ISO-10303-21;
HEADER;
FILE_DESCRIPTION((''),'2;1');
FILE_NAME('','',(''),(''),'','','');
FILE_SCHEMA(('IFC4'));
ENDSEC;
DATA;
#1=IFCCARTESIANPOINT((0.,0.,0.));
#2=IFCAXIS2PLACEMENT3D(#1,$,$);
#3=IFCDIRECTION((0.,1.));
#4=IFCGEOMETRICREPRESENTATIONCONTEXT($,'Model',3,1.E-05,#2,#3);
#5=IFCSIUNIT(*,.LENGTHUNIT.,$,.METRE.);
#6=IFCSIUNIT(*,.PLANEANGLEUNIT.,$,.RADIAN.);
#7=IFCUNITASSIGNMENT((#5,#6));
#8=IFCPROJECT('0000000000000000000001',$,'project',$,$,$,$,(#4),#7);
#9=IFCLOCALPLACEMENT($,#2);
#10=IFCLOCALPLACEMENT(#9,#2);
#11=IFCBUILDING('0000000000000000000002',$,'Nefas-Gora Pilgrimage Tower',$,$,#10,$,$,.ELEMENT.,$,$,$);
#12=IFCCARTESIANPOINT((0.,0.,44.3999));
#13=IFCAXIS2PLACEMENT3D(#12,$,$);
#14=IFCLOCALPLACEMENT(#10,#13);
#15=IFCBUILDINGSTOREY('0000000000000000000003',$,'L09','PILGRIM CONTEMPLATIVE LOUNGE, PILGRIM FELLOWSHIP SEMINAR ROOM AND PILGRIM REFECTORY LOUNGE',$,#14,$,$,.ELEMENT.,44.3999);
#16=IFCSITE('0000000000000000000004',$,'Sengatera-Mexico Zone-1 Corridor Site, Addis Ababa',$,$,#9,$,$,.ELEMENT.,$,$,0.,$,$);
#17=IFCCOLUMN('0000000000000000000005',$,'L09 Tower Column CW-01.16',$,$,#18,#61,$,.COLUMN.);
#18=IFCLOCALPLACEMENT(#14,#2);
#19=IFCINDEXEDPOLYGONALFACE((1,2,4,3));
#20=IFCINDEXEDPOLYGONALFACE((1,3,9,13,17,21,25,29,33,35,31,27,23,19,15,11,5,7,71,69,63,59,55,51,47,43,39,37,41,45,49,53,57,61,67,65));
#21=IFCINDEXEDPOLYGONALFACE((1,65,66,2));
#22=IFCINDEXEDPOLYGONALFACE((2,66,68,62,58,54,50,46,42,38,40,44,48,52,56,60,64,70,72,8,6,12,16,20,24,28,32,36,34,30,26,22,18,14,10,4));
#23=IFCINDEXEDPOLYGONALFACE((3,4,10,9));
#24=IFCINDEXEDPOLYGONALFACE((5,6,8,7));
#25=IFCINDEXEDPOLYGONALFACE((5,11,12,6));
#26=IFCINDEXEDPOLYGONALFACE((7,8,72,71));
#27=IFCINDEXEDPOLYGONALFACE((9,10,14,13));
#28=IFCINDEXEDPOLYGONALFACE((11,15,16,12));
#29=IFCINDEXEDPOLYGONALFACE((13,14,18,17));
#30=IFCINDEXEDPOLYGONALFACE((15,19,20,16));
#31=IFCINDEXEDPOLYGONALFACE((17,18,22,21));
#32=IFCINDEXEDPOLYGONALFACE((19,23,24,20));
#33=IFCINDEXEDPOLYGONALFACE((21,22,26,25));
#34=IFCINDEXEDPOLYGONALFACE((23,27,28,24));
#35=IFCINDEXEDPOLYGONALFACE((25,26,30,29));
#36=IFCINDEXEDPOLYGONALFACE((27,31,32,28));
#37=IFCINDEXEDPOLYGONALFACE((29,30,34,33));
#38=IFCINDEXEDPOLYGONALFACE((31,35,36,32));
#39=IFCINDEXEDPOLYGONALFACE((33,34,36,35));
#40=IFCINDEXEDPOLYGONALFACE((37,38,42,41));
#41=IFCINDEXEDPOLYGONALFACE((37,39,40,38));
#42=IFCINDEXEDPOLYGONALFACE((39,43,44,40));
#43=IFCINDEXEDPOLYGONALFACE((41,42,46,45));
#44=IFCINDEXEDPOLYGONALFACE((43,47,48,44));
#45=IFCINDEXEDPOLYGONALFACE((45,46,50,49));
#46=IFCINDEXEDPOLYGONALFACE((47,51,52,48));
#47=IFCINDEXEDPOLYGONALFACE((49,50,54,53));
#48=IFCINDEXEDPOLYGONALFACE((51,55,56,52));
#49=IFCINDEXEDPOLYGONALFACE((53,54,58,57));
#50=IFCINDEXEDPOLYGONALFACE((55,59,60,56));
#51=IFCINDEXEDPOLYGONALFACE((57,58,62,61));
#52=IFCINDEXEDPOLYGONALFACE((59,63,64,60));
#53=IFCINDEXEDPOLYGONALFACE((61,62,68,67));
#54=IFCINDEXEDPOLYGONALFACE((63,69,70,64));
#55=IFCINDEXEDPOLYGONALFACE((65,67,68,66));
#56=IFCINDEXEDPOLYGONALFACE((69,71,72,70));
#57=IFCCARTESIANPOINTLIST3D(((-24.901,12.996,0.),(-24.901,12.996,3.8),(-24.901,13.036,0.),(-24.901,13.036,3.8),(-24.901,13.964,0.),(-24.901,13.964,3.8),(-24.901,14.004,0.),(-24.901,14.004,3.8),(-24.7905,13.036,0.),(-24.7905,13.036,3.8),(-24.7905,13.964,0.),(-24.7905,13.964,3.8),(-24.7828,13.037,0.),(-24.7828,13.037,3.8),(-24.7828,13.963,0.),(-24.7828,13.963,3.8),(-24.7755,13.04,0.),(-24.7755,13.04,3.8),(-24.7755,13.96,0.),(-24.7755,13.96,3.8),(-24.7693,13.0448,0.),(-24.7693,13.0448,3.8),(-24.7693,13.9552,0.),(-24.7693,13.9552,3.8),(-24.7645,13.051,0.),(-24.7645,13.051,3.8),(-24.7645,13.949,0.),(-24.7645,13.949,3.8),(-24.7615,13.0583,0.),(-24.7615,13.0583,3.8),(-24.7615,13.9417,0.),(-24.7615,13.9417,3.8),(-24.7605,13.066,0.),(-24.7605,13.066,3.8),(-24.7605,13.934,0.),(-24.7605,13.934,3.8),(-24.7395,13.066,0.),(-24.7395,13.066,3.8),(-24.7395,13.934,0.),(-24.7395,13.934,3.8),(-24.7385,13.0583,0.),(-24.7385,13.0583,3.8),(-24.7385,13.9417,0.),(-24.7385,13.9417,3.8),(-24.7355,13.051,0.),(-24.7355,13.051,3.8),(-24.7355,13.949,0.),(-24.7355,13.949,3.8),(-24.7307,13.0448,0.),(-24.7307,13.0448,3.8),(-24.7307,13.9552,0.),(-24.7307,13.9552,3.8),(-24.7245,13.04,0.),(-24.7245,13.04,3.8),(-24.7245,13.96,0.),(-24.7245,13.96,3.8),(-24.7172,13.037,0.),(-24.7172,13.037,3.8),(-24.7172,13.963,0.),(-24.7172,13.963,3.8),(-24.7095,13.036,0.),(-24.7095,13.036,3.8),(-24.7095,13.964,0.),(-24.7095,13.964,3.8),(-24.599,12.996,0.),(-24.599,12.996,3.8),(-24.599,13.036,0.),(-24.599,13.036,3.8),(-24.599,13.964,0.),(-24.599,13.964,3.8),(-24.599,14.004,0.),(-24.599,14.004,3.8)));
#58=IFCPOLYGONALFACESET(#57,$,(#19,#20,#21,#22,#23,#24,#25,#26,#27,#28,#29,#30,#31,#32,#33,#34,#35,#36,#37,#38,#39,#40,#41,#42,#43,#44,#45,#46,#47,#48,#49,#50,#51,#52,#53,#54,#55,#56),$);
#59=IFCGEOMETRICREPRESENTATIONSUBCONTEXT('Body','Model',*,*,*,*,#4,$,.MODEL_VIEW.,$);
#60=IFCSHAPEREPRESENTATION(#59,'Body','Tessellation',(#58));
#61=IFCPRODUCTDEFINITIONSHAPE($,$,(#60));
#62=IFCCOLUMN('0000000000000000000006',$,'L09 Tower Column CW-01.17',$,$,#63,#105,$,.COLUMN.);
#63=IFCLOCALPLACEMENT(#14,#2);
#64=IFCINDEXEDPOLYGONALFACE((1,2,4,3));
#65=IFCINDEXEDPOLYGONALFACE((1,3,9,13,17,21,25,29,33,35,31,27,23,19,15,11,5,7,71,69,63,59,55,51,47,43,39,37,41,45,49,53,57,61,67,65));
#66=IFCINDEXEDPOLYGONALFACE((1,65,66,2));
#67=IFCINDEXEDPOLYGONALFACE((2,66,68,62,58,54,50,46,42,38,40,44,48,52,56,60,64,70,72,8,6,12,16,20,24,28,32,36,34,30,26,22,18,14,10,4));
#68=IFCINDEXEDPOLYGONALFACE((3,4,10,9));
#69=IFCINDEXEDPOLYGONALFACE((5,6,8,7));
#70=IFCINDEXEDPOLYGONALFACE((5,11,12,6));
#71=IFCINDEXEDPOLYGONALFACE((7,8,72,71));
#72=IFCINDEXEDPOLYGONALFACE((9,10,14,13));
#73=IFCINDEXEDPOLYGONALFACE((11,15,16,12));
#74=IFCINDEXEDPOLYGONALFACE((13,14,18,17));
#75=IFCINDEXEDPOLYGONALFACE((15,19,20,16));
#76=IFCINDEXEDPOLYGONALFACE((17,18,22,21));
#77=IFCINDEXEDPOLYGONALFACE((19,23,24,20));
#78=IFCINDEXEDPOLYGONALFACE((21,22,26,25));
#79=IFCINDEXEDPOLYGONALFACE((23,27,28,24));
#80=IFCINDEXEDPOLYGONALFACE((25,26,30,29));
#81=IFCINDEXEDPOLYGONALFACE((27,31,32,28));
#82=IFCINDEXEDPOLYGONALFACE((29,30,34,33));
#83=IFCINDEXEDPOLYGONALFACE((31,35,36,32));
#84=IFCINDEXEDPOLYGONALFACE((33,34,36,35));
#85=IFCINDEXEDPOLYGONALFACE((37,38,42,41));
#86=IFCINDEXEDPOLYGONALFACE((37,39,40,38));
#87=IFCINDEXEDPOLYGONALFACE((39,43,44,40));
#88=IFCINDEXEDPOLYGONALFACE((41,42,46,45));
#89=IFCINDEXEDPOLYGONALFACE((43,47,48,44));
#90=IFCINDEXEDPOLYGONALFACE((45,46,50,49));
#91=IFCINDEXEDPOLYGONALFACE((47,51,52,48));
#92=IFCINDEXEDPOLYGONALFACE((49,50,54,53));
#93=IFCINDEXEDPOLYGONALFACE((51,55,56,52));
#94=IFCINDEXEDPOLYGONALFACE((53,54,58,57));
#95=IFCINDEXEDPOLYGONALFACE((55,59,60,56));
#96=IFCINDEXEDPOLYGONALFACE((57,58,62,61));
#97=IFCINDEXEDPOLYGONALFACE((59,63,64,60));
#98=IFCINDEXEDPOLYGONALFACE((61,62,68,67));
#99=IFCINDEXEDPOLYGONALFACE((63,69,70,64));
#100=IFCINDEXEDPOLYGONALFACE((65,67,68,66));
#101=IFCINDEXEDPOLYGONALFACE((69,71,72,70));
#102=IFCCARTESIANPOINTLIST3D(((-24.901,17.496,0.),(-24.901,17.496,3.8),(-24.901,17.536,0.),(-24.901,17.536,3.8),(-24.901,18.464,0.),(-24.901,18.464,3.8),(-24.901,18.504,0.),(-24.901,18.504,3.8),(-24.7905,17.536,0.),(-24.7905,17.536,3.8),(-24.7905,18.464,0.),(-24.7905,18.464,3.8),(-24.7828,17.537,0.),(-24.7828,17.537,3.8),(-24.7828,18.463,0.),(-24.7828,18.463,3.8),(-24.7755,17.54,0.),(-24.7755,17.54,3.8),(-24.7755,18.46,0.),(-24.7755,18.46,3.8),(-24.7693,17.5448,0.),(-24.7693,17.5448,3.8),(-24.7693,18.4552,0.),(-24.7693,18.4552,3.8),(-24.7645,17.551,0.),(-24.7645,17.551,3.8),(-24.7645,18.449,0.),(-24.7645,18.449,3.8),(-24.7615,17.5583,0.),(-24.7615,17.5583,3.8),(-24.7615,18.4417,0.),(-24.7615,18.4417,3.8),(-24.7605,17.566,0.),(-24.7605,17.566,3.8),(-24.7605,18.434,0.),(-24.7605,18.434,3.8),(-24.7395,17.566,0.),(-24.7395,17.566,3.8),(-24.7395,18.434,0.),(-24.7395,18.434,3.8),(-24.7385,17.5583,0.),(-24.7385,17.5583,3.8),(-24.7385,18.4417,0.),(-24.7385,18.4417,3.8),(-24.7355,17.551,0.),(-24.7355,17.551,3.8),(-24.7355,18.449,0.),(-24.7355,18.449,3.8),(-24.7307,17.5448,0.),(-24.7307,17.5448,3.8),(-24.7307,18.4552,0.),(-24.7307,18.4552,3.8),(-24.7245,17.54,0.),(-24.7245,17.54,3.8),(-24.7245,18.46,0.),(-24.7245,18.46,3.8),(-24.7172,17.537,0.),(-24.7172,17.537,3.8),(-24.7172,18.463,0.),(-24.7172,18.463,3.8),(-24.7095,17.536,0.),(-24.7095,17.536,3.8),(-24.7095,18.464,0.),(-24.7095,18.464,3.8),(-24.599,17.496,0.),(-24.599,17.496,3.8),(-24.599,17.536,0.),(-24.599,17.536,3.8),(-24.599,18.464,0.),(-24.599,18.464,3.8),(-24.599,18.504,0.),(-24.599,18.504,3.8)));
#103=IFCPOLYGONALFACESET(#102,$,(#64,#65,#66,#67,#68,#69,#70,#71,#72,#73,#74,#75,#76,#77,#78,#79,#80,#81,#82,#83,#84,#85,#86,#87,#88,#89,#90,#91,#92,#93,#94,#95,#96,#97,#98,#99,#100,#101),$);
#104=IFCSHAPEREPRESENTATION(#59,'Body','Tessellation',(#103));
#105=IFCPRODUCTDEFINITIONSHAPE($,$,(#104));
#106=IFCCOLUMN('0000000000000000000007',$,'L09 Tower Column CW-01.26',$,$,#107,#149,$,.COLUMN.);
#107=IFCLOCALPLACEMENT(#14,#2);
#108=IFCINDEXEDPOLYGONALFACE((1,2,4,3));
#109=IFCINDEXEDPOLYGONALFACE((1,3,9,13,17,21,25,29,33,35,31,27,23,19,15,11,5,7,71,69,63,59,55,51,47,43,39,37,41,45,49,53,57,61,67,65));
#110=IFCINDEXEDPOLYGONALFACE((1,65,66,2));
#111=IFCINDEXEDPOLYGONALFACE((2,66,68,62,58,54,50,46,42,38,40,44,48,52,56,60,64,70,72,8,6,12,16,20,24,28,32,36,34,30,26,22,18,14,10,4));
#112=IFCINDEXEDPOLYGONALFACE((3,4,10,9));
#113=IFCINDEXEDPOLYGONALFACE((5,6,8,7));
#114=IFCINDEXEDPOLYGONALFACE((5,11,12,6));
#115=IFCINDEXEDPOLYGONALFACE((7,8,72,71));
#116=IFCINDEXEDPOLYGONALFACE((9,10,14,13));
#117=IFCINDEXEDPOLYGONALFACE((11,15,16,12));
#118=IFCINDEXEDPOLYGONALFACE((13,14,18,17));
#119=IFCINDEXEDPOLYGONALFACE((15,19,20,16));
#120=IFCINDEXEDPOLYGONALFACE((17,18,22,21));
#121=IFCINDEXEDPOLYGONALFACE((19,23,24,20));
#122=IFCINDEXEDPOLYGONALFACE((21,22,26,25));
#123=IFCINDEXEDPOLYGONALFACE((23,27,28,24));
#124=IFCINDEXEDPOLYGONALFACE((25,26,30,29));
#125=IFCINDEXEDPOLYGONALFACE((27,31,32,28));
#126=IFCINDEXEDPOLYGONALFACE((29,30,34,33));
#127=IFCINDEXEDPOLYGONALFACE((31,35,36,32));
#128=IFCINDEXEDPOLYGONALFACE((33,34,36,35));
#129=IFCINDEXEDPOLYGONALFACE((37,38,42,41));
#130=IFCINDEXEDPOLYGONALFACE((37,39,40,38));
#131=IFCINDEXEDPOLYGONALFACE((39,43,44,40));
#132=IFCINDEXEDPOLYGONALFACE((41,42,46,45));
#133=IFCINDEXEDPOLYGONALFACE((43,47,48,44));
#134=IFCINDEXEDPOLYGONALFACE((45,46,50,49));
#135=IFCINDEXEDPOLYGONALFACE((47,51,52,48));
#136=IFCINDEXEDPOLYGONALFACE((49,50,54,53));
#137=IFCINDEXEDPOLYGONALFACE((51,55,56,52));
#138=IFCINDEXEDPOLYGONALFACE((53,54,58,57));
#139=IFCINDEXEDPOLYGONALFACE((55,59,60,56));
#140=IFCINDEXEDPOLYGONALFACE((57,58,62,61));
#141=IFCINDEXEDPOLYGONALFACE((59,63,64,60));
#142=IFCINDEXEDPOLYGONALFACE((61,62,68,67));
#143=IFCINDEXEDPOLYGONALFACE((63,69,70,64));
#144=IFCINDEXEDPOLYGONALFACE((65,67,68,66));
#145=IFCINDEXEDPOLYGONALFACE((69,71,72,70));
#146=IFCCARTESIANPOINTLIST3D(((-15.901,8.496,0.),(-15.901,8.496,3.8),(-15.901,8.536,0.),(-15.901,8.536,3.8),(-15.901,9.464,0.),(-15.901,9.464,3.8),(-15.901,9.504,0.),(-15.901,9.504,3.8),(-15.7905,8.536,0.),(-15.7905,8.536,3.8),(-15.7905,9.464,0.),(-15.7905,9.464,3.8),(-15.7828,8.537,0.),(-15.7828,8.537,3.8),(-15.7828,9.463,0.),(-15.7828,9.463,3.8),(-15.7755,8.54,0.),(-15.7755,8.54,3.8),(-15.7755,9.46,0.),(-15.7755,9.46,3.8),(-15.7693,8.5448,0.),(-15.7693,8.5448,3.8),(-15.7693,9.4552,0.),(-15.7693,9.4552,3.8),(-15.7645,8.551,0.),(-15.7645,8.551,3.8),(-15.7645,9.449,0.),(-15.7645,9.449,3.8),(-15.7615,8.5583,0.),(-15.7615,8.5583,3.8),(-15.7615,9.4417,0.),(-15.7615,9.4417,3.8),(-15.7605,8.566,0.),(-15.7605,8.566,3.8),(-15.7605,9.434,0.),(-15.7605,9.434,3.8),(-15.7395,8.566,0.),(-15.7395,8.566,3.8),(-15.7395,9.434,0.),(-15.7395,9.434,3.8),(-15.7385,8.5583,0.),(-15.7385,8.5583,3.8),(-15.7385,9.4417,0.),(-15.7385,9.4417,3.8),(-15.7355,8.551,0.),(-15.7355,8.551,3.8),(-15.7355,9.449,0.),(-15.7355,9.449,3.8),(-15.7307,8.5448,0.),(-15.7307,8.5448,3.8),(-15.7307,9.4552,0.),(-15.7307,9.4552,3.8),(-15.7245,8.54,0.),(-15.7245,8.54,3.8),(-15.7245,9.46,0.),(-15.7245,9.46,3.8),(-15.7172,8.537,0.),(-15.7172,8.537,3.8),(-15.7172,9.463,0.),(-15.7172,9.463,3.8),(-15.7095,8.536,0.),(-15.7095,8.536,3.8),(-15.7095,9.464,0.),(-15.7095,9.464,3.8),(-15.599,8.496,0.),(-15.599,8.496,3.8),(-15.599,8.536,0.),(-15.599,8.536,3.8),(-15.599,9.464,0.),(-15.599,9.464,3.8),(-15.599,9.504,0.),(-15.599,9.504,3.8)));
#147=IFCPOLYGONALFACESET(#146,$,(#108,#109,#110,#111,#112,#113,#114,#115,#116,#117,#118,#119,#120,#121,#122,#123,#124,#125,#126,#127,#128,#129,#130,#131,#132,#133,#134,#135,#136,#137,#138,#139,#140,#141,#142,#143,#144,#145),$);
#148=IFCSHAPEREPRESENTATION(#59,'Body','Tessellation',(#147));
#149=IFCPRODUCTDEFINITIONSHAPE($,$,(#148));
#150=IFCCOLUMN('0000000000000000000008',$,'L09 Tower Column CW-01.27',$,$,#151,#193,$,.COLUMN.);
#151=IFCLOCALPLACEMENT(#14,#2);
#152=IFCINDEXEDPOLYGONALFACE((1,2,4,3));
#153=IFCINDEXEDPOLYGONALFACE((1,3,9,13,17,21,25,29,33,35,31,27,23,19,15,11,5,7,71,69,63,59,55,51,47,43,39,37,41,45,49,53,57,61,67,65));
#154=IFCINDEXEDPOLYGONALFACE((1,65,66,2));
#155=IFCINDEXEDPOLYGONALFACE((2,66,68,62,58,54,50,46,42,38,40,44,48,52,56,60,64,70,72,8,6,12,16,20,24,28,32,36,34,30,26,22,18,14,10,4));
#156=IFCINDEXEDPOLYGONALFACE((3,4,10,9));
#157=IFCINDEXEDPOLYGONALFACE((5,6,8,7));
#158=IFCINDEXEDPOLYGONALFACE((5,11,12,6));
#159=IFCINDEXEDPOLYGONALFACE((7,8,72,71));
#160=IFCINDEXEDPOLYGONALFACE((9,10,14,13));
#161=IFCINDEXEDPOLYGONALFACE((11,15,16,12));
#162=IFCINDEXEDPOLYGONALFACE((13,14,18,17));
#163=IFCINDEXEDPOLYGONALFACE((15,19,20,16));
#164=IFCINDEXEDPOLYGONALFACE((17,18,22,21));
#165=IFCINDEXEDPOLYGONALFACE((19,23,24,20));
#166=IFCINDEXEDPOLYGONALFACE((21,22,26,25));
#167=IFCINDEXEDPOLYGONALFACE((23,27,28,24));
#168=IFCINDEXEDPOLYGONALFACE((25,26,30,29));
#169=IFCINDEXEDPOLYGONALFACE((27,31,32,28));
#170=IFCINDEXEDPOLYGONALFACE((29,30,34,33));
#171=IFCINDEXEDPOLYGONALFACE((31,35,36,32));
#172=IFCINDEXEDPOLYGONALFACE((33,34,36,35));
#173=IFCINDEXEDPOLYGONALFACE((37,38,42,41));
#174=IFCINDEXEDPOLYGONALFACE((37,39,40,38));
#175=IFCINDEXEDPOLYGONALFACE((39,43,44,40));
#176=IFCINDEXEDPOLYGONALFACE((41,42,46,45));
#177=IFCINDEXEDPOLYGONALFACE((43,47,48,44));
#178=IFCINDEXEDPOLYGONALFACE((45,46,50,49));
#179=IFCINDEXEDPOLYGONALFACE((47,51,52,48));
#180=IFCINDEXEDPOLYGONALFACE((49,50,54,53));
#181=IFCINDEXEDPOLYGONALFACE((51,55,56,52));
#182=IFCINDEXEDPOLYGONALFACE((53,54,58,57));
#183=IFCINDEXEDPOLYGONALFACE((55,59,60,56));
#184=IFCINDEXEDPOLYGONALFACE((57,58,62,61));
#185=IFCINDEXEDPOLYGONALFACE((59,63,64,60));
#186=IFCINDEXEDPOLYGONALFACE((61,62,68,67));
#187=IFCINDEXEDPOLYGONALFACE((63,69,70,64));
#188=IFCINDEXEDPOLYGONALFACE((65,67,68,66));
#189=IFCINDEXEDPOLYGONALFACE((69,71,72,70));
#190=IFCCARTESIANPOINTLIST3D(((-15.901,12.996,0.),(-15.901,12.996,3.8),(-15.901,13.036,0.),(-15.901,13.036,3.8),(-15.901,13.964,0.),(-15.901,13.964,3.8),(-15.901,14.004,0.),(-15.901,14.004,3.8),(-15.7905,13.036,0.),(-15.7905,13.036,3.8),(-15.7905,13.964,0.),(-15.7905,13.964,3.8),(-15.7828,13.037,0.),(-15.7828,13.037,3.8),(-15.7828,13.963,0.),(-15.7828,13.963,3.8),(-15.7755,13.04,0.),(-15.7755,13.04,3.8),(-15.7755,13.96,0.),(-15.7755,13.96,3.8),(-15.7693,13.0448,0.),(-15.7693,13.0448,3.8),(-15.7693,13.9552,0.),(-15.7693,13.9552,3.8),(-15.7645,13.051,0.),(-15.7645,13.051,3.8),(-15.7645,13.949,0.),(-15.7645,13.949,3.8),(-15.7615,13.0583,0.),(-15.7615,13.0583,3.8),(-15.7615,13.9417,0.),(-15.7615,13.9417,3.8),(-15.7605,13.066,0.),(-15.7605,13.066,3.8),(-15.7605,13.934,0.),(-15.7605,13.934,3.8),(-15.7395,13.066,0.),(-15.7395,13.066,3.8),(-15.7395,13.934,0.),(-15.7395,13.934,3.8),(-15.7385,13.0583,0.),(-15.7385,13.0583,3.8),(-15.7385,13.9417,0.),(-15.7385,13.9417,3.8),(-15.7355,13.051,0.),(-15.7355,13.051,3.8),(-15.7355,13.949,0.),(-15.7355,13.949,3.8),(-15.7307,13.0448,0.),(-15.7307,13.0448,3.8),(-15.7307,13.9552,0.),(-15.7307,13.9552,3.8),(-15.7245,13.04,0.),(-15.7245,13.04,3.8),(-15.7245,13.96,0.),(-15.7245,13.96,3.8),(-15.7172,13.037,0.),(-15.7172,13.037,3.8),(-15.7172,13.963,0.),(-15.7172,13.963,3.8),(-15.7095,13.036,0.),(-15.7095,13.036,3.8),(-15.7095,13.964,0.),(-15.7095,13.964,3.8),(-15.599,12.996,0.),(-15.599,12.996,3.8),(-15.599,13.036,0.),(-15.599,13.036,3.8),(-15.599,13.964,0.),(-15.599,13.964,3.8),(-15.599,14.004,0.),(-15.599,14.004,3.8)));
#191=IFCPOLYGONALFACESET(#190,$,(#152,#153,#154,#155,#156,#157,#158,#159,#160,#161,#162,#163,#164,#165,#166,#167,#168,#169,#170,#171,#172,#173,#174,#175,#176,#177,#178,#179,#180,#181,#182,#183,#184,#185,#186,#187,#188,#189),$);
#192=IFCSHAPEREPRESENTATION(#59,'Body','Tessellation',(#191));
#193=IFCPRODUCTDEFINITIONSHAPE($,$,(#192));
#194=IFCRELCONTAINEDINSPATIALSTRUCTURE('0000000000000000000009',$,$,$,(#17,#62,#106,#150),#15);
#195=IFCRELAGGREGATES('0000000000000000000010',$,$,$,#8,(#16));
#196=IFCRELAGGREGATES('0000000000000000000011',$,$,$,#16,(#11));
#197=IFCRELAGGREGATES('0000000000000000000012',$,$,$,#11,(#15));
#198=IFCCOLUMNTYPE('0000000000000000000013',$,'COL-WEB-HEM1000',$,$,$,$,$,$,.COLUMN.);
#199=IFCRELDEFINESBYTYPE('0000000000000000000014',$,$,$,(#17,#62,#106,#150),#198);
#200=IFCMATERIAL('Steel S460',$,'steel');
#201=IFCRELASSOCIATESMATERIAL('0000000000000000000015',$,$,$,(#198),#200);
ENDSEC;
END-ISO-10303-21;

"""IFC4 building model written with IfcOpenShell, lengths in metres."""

from ifc_helpers import new_model, si_unit, direction, frame, origin, origin_2d, place, context, subcontext, project, spatial, i_section, extrude, source, transform, mapped, material, material_profile, profile_set, type_object, element, save


model = new_model("IFC4")

# Units and contexts
model_context = context("Model", 3, precision=1e-05, world=origin(), true_north=direction((0.0, 1.0)))
body_context = subcontext(model_context, "Body", "Model", "MODEL_VIEW")
ifc_project = project(units=[si_unit("LENGTHUNIT", "METRE"), si_unit("PLANEANGLEUNIT", "RADIAN")], contexts=[model_context])

# Site, building, storey
site_placement = place(None, origin())
site = spatial("IfcSite", under=ifc_project, at=site_placement, Name="Sengatera-Mexico Zone-1 Corridor Site, Addis Ababa", CompositionType="ELEMENT", RefElevation=0.0)
building_placement = place(site_placement, origin())
building = spatial("IfcBuilding", under=site, at=building_placement, Name="Nefas-Gora Pilgrimage Tower", CompositionType="ELEMENT")
storey_placement = place(building_placement, frame((0.0, 0.0, 44.3999)))
storey = spatial("IfcBuildingStorey", under=building, at=storey_placement, Name="L09", Description="PILGRIM CONTEMPLATIVE LOUNGE, PILGRIM FELLOWSHIP SEMINAR ROOM AND PILGRIM REFECTORY LOUNGE", CompositionType="ELEMENT", Elevation=44.3999)

# Columns
ifc_material_1 = material(Name="Steel S460", Category="steel")
ifc_material_profile_1 = material_profile(ifc_material_1, i_section(OverallWidth=0.302, OverallDepth=1.0081, WebThickness=0.021, FlangeThickness=0.04, FilletRadius=0.03, at=origin_2d()), Name="HEM 1000")
ifc_profile_set_1 = profile_set([ifc_material_profile_1], Name="Steel S460")
column_type_1 = type_object("IfcColumnType", Name="COL-WEB-HEM1000", PredefinedType="COLUMN", material=ifc_profile_set_1)
shared_shape_1 = source(origin(), body_context, "Body", "SweptSolid", [
    extrude(i_section(OverallWidth=0.302, OverallDepth=1.0081, WebThickness=0.021, FlangeThickness=0.04, FilletRadius=0.03, at=origin_2d()), origin(), (0.0, 0.0, 1.0), 3.8),
])
for number, where, z_axis, x_axis, name in (
    (1, (-24.75, 13.5, 0.0), (0.0, 0.0, 1.0), (1.0, 0.0, 0.0), "L09 Tower Column CW-01.16"),
    (2, (-24.75, 18.0, 0.0), (0.0, 0.0, 1.0), (1.0, 0.0, 0.0), "L09 Tower Column CW-01.17"),
    (3, (-15.75, 9.0, 0.0), (0.0, 0.0, 1.0), (1.0, 0.0, 0.0), "L09 Tower Column CW-01.26"),
    (4, (-15.75, 13.5, 0.0), (0.0, 0.0, 1.0), (1.0, 0.0, 0.0), "L09 Tower Column CW-01.27"),
):
    element("IfcColumn", number, at=place(storey_placement, frame(where, z_axis=z_axis, x_axis=x_axis)), inside=storey, type_object=column_type_1, Name=name, PredefinedType="COLUMN", context=body_context, shape_type="MappedRepresentation", body=[
        mapped(shared_shape_1, transform((0.0, 0.0, 0.0), x_axis=(1.0, 0.0, 0.0), y_axis=(0.0, 1.0, 0.0), z_axis=(0.0, 0.0, 1.0), scale=1.0)),
    ])

save(model, "model.ifc")
